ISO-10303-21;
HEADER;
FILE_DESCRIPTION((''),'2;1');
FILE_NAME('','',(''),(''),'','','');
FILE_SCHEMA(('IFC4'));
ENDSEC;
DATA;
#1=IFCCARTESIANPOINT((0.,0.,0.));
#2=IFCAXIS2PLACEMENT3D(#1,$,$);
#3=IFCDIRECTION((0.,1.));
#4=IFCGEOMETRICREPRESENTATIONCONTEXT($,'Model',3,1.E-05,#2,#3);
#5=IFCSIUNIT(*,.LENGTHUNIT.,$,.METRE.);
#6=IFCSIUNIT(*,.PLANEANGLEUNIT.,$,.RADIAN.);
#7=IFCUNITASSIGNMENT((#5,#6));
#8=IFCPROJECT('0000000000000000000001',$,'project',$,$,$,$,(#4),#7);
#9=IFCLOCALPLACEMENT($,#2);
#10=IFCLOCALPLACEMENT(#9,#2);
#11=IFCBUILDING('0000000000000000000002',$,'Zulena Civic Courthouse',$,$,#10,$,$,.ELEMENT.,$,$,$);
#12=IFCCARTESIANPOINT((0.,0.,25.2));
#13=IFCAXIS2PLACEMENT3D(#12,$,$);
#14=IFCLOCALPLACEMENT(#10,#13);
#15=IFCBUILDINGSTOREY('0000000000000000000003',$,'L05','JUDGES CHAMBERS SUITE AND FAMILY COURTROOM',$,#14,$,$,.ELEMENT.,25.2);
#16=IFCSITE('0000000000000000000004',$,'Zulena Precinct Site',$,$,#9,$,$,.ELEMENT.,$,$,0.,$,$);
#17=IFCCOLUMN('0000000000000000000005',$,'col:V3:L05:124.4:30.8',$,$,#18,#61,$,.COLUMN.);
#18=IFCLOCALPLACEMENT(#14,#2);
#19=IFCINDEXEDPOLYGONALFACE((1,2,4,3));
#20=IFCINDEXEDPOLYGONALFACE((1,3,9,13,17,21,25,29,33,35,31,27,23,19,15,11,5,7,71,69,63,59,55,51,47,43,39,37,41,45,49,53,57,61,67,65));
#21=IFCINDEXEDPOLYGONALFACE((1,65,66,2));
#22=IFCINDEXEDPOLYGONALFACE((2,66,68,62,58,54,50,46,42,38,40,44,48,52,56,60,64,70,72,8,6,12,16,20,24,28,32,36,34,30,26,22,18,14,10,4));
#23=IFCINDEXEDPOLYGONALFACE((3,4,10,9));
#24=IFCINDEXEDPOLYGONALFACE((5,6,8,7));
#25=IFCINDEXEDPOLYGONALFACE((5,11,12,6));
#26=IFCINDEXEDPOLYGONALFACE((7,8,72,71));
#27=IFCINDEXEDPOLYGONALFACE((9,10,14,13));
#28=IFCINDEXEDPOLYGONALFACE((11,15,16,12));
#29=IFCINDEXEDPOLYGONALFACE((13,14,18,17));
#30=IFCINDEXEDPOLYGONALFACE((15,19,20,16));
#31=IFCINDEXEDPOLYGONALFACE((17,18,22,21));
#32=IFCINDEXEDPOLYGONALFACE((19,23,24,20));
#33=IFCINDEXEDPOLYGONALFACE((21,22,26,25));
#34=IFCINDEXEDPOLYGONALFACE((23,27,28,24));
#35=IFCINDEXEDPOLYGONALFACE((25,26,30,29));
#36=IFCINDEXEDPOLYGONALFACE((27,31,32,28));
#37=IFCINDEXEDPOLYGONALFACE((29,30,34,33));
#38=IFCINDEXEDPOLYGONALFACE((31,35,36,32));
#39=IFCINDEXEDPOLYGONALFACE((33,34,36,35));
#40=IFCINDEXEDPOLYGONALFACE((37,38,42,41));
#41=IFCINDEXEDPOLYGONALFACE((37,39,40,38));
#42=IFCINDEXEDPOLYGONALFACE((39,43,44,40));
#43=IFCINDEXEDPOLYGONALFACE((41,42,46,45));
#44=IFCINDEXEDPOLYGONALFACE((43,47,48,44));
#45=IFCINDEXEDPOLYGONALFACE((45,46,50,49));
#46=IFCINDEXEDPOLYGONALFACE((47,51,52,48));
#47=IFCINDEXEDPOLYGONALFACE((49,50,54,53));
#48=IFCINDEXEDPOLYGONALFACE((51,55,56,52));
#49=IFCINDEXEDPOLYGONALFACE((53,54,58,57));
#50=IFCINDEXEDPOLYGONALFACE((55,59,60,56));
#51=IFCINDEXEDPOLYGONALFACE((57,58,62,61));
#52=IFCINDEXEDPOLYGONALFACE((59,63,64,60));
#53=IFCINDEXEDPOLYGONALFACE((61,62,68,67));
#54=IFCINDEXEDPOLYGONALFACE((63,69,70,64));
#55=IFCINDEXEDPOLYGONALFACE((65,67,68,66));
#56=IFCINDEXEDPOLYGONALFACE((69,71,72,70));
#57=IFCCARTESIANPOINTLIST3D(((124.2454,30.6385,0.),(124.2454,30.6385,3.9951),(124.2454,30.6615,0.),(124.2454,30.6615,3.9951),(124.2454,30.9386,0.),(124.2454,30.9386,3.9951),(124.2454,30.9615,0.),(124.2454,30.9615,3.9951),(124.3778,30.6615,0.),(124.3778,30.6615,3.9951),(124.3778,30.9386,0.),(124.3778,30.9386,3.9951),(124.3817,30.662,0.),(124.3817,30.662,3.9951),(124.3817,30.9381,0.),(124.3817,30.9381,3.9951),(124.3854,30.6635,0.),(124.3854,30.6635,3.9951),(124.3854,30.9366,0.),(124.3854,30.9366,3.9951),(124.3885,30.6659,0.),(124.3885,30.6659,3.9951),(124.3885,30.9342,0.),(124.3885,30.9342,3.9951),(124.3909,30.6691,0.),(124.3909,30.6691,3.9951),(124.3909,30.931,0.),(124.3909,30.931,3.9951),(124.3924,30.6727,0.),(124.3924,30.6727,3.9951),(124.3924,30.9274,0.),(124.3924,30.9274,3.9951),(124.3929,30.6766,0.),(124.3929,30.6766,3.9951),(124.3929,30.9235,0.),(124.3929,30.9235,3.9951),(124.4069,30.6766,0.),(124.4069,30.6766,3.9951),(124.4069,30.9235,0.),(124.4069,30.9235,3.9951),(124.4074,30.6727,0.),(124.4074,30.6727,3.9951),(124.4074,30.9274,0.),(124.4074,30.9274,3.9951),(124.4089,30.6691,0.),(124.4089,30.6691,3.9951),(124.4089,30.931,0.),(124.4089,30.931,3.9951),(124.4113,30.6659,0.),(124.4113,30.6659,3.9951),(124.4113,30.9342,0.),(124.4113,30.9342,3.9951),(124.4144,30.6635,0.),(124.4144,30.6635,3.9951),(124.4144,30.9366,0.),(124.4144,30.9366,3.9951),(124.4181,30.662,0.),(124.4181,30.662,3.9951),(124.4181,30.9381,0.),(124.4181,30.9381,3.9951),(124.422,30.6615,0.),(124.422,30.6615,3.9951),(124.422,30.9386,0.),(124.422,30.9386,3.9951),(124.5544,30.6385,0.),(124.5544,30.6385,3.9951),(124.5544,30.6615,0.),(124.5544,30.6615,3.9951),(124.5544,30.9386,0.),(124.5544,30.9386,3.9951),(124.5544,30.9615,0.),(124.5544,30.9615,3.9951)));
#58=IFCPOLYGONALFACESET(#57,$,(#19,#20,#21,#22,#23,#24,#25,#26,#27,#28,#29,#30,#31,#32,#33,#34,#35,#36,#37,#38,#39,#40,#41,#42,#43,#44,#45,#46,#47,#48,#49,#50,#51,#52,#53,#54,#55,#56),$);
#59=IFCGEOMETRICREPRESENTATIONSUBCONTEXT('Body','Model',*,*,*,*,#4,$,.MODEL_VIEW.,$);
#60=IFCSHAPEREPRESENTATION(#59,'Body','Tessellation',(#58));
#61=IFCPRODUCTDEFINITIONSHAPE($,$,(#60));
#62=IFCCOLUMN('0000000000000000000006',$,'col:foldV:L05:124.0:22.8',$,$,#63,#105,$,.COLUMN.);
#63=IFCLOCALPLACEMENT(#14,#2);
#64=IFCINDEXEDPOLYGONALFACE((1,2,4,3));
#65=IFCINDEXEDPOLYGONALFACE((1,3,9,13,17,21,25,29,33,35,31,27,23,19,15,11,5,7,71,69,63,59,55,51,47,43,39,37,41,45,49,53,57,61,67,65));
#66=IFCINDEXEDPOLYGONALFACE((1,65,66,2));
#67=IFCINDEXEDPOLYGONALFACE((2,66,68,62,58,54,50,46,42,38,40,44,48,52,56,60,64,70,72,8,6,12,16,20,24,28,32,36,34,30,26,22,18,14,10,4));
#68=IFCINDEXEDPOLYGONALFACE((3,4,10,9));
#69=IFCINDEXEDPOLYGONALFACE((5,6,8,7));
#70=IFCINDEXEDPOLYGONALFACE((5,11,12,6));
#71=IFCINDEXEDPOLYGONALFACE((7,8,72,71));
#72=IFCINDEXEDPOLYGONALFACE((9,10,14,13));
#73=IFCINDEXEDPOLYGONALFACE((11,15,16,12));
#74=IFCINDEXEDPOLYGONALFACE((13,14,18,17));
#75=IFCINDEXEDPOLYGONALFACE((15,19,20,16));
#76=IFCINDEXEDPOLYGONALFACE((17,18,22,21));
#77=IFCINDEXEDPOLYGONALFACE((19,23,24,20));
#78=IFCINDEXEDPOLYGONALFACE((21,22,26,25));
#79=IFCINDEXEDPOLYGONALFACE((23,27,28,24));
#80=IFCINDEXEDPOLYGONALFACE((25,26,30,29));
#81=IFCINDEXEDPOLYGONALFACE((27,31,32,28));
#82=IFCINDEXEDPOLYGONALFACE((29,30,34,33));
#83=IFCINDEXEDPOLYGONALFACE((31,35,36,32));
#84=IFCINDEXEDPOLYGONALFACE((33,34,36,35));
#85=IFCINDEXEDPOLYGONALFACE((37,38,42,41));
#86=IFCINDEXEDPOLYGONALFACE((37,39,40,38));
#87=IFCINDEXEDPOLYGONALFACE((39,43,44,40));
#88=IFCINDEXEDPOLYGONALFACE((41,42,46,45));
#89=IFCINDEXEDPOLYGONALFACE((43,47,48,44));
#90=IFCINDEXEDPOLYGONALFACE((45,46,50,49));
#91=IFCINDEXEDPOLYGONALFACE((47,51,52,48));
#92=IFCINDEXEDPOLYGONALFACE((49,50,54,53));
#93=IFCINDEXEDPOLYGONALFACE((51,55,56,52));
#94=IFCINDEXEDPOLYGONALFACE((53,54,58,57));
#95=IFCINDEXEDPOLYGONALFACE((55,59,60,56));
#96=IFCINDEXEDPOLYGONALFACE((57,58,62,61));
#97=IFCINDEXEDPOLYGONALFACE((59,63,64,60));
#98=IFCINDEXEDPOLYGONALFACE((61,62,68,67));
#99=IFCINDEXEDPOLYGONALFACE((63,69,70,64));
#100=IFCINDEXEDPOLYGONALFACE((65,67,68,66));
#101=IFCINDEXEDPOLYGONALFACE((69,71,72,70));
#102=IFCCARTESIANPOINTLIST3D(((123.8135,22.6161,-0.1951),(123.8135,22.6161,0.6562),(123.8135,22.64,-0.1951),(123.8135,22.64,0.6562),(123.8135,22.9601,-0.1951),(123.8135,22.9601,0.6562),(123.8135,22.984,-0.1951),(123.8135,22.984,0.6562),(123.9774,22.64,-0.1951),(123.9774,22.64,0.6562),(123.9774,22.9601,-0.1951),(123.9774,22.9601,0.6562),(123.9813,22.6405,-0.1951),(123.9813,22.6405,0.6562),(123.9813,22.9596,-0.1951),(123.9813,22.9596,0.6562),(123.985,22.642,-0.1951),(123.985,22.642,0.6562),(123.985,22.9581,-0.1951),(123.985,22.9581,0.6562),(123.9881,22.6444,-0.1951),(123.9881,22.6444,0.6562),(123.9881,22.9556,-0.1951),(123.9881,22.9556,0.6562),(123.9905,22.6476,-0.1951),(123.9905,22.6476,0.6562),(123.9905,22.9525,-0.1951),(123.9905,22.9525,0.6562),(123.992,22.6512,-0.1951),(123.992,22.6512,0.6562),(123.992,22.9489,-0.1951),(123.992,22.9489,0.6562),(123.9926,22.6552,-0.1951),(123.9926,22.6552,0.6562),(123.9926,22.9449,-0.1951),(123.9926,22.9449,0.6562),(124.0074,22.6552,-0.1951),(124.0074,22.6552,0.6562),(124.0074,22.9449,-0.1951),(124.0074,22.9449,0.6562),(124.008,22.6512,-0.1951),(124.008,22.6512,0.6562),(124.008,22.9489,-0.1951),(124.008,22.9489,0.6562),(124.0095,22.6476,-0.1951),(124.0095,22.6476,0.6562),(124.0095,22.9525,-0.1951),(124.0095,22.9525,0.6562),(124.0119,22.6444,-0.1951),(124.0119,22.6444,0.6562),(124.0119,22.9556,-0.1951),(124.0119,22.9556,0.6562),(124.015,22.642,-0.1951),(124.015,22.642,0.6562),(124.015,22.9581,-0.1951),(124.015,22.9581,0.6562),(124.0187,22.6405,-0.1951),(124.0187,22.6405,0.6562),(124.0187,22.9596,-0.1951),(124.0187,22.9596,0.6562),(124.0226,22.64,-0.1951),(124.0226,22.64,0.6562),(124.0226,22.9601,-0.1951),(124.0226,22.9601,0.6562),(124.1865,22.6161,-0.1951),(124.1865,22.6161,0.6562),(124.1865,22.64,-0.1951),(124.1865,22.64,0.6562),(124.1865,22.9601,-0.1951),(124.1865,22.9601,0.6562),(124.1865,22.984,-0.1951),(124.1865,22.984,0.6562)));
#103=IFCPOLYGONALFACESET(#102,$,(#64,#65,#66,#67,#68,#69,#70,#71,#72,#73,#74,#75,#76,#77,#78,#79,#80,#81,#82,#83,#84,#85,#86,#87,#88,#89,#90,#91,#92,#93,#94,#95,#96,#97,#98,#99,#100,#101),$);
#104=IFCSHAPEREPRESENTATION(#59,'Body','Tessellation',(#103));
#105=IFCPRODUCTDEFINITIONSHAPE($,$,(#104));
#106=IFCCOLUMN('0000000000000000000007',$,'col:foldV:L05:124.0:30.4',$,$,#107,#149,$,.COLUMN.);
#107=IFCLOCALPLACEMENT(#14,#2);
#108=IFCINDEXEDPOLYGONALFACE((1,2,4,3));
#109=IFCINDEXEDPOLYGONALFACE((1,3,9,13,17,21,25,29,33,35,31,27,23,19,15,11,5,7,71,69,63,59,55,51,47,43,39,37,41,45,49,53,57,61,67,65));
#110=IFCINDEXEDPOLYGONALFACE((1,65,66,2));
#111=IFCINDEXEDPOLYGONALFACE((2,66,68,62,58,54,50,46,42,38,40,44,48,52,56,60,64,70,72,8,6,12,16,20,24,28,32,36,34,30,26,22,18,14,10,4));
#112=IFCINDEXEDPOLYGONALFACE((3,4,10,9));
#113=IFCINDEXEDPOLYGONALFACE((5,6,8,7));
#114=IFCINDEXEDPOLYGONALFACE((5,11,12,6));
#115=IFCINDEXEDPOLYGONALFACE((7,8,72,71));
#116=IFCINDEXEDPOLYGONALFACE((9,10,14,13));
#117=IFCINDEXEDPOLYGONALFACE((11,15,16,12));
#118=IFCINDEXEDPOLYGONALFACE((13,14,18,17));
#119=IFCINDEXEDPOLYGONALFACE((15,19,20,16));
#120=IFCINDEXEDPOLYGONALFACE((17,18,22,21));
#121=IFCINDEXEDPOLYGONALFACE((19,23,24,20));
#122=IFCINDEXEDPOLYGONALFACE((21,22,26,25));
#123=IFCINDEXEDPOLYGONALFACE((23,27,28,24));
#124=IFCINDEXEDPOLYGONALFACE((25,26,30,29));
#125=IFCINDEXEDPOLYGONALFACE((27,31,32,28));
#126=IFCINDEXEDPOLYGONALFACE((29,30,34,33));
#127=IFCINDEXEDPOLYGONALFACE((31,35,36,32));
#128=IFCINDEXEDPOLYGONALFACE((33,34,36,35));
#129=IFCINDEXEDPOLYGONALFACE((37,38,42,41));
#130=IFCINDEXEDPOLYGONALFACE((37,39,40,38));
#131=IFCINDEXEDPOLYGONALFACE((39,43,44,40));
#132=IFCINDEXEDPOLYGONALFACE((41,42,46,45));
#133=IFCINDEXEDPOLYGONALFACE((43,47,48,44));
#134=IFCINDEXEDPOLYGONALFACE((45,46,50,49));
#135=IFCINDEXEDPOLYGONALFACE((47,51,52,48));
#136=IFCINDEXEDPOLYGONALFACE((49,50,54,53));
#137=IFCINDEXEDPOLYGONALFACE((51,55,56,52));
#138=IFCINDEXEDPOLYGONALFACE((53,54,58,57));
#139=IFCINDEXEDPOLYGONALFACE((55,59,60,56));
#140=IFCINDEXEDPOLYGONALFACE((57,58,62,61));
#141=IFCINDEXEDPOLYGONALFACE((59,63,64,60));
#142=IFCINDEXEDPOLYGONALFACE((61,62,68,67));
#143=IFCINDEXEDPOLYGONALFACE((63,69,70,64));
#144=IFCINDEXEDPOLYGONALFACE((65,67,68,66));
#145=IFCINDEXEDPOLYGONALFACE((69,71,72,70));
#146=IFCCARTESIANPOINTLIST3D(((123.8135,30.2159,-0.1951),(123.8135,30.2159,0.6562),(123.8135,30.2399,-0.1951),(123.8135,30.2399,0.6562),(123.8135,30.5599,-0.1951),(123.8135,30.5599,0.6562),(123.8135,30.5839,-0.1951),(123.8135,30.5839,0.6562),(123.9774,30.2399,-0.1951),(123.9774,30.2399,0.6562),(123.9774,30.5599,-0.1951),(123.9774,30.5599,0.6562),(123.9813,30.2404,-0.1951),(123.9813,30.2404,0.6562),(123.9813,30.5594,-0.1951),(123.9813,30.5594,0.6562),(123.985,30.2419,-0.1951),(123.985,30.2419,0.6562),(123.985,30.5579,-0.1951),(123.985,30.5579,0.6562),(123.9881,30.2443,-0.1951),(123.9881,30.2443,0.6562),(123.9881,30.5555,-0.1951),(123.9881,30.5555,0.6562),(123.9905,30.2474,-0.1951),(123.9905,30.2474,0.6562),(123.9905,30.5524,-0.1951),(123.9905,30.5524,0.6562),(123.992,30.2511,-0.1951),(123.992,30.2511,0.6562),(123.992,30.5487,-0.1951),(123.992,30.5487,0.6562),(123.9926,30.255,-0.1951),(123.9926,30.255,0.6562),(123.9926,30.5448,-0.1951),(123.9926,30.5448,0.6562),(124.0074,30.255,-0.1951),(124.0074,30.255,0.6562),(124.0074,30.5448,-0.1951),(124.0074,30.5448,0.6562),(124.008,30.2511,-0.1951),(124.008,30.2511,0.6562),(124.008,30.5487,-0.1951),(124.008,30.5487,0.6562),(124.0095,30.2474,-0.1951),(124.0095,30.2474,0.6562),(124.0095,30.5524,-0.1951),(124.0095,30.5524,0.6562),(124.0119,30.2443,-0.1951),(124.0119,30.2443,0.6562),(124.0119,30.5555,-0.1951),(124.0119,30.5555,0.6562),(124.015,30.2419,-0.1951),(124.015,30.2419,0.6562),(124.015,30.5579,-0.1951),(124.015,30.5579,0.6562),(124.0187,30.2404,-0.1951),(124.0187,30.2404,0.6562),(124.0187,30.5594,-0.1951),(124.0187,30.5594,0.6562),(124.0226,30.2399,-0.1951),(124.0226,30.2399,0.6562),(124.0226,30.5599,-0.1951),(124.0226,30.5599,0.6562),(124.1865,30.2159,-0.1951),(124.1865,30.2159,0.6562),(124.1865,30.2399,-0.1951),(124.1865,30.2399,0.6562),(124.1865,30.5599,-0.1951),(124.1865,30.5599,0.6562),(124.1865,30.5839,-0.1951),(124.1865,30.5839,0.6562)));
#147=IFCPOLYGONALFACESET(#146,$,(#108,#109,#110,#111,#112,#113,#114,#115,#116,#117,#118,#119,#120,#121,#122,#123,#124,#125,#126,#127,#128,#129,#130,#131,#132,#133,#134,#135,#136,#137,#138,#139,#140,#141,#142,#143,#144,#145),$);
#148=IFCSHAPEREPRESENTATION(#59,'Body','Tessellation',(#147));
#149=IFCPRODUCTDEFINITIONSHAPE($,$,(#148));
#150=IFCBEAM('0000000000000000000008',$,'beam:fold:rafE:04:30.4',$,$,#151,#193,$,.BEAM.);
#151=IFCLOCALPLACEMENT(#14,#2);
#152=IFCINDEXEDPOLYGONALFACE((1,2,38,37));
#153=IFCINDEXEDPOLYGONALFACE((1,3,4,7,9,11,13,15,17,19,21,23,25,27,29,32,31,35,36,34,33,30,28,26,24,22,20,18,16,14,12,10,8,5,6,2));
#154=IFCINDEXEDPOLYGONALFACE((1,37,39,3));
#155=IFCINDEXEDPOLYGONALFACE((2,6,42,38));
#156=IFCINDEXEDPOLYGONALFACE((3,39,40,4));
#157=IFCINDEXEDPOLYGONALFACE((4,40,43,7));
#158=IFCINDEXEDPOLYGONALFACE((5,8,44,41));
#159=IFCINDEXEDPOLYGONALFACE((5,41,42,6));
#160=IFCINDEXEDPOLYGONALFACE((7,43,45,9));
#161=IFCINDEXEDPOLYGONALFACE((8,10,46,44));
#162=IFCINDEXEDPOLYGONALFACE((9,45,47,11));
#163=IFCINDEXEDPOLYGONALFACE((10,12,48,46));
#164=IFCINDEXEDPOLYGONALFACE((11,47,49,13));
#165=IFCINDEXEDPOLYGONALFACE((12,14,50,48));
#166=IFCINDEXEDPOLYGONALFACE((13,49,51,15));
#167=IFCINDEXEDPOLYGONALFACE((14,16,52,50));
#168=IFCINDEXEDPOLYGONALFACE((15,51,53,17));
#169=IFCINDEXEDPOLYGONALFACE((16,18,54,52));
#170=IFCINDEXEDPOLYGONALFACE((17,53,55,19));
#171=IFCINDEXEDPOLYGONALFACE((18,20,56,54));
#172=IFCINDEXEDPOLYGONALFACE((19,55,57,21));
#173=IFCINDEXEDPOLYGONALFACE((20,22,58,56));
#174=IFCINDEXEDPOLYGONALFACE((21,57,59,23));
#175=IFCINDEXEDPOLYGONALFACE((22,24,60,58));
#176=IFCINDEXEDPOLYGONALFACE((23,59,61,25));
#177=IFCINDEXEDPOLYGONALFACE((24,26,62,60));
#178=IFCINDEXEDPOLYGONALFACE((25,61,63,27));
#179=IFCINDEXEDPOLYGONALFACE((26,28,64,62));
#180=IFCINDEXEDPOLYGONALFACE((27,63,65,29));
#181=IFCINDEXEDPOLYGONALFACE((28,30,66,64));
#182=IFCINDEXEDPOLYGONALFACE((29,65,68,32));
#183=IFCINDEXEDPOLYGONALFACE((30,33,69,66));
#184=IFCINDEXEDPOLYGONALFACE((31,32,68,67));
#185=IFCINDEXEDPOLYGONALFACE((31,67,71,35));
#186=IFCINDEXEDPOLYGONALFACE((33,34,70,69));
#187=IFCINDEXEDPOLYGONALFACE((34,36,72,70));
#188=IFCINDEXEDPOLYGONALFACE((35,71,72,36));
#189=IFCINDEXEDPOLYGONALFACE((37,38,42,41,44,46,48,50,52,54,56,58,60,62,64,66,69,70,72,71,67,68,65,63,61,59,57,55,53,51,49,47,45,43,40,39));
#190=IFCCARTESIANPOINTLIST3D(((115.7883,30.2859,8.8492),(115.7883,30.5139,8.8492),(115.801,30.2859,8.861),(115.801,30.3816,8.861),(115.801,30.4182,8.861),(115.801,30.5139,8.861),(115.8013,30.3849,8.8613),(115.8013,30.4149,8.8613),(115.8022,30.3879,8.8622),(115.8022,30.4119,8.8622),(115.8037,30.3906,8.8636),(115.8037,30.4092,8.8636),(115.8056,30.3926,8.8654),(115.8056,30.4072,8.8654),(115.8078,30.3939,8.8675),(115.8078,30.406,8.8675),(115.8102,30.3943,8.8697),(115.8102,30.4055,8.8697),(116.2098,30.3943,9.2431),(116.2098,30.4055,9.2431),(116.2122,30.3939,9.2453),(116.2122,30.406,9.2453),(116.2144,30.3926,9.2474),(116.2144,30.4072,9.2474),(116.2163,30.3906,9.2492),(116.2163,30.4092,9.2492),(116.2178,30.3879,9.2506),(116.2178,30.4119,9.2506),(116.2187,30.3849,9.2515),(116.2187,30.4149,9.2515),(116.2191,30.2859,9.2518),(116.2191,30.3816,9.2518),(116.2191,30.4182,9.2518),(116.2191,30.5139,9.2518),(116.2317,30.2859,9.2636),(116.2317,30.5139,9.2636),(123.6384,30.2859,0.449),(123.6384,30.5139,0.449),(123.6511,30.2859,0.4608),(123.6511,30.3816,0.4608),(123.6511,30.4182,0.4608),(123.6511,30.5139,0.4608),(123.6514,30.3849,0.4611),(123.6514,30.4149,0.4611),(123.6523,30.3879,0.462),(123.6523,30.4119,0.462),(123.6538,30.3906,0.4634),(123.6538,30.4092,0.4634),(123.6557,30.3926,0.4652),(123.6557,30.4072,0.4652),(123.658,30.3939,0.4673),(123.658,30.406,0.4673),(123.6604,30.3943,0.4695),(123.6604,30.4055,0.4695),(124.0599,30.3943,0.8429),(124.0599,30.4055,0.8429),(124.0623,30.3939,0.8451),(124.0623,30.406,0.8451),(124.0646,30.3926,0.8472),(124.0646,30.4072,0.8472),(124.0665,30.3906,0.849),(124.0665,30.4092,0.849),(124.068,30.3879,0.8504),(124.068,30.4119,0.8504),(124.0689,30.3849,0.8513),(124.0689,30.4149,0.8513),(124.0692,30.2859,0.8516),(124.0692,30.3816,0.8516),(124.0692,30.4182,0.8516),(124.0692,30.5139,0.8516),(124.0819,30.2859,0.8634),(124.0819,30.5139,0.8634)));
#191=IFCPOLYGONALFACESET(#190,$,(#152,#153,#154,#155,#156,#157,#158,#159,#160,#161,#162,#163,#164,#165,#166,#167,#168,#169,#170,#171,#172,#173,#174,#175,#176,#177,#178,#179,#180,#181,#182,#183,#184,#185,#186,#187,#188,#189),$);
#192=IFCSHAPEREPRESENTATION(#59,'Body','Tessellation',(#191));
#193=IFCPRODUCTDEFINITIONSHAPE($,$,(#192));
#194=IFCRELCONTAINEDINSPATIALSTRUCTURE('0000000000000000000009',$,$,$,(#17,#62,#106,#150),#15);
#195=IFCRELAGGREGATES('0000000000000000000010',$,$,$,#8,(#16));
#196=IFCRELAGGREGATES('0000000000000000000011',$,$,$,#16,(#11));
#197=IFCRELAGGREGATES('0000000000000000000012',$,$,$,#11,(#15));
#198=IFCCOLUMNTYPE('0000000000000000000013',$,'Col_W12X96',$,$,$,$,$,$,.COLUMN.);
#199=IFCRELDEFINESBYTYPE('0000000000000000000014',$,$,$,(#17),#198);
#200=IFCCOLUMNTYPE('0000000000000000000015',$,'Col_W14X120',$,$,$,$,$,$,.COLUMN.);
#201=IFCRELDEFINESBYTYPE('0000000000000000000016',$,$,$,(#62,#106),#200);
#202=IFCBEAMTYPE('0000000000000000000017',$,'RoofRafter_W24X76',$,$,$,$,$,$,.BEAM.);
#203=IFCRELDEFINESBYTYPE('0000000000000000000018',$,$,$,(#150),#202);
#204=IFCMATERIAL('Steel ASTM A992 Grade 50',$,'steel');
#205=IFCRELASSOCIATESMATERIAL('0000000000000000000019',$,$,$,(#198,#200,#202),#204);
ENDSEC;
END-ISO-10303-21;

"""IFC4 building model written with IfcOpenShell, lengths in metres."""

from ifc_helpers import new_model, si_unit, direction, frame, origin, origin_2d, place, context, subcontext, project, spatial, i_section, extrude, material, material_profile, profile_set, type_object, element, save


model = new_model("IFC4")

# Units and contexts
model_context = context("Model", 3, precision=1e-05, world=origin(), true_north=direction((0.0, 1.0)))
body_context = subcontext(model_context, "Body", "Model", "MODEL_VIEW")
ifc_project = project(units=[si_unit("LENGTHUNIT", "METRE"), si_unit("PLANEANGLEUNIT", "RADIAN")], contexts=[model_context])

# Site, building, storey
site_placement = place(None, origin())
site = spatial("IfcSite", under=ifc_project, at=site_placement, Name="Zulena Precinct Site", CompositionType="ELEMENT", RefElevation=0.0)
building_placement = place(site_placement, origin())
building = spatial("IfcBuilding", under=site, at=building_placement, Name="Zulena Civic Courthouse", CompositionType="ELEMENT")
storey_placement = place(building_placement, frame((0.0, 0.0, 25.2)))
storey = spatial("IfcBuildingStorey", under=building, at=storey_placement, Name="L05", Description="JUDGES CHAMBERS SUITE AND FAMILY COURTROOM", CompositionType="ELEMENT", Elevation=25.2)

# Columns
ifc_material_1 = material(Name="Steel ASTM A992 Grade 50", Category="steel")
ifc_material_profile_1 = material_profile(ifc_material_1, i_section(OverallWidth=0.3091, OverallDepth=0.323, WebThickness=0.0139, FlangeThickness=0.0229, FilletRadius=0.0151, at=origin_2d()), Name="W12X96")
ifc_profile_set_1 = profile_set([ifc_material_profile_1], Name="Steel ASTM A992 Grade 50")
column_type_1 = type_object("IfcColumnType", Name="Col_W12X96", PredefinedType="COLUMN", material=ifc_profile_set_1)
column_placement = place(storey_placement, frame((124.3999, 30.8, 0.0), z_axis=(0.0, 0.0, 1.0), x_axis=(1.0, 0.0, 0.0)))
element("IfcColumn", 1, at=column_placement, inside=storey, type_object=column_type_1, Name="col:V3:L05:124.4:30.8", PredefinedType="COLUMN", context=body_context, shape_type="SweptSolid", body=[
    extrude(i_section(OverallWidth=0.3091, OverallDepth=0.323, WebThickness=0.0139, FlangeThickness=0.0229, FilletRadius=0.0151, at=origin_2d()), origin(), (0.0, 0.0, 1.0), 3.9951),
])
ifc_material_profile_2 = material_profile(ifc_material_1, i_section(OverallWidth=0.373, OverallDepth=0.3679, WebThickness=0.0149, FlangeThickness=0.0239, FilletRadius=0.0151, at=origin_2d()), Name="W14X120")
ifc_profile_set_2 = profile_set([ifc_material_profile_2], Name="Steel ASTM A992 Grade 50")
column_type_2 = type_object("IfcColumnType", Name="Col_W14X120", PredefinedType="COLUMN", material=ifc_profile_set_2)
for number, where, z_axis, x_axis, name in (
    (2, (124.0, 22.8, -0.1951), (0.0, 0.0, 1.0), (1.0, 0.0, 0.0), "col:foldV:L05:124.0:22.8"),
    (3, (124.0, 30.3999, -0.1951), (0.0, 0.0, 1.0), (1.0, 0.0, 0.0), "col:foldV:L05:124.0:30.4"),
):
    element("IfcColumn", number, at=place(storey_placement, frame(where, z_axis=z_axis, x_axis=x_axis)), inside=storey, type_object=column_type_2, Name=name, PredefinedType="COLUMN", context=body_context, shape_type="SweptSolid", body=[
        extrude(i_section(OverallWidth=0.373, OverallDepth=0.3679, WebThickness=0.0149, FlangeThickness=0.0239, FilletRadius=0.0151, at=origin_2d()), origin(), (0.0, 0.0, 1.0), 0.8513),
    ])

# Beam
ifc_material_profile_3 = material_profile(ifc_material_1, i_section(OverallWidth=0.228, OverallDepth=0.6069, WebThickness=0.0112, FlangeThickness=0.0173, FilletRadius=0.0127, at=origin_2d()), Name="W24X76")
ifc_profile_set_3 = profile_set([ifc_material_profile_3], Name="Steel ASTM A992 Grade 50")
beam_type_1 = type_object("IfcBeamType", Name="RoofRafter_W24X76", PredefinedType="BEAM", material=ifc_profile_set_3)
beam_1_placement = place(storey_placement, frame((116.01, 30.3999, 9.0564), z_axis=(0.682781, 0.0, -0.730623), x_axis=(0.0, 1.0, 0.0)))
element("IfcBeam", 4, at=beam_1_placement, inside=storey, type_object=beam_type_1, Name="beam:fold:rafE:04:30.4", PredefinedType="BEAM", context=body_context, shape_type="SweptSolid", body=[
    extrude(i_section(OverallWidth=0.228, OverallDepth=0.6069, WebThickness=0.0112, FlangeThickness=0.0173, FilletRadius=0.0127, at=origin_2d()), origin(), (0.0, 0.0, 1.0), 11.4973),
])

save(model, "model.ifc")
